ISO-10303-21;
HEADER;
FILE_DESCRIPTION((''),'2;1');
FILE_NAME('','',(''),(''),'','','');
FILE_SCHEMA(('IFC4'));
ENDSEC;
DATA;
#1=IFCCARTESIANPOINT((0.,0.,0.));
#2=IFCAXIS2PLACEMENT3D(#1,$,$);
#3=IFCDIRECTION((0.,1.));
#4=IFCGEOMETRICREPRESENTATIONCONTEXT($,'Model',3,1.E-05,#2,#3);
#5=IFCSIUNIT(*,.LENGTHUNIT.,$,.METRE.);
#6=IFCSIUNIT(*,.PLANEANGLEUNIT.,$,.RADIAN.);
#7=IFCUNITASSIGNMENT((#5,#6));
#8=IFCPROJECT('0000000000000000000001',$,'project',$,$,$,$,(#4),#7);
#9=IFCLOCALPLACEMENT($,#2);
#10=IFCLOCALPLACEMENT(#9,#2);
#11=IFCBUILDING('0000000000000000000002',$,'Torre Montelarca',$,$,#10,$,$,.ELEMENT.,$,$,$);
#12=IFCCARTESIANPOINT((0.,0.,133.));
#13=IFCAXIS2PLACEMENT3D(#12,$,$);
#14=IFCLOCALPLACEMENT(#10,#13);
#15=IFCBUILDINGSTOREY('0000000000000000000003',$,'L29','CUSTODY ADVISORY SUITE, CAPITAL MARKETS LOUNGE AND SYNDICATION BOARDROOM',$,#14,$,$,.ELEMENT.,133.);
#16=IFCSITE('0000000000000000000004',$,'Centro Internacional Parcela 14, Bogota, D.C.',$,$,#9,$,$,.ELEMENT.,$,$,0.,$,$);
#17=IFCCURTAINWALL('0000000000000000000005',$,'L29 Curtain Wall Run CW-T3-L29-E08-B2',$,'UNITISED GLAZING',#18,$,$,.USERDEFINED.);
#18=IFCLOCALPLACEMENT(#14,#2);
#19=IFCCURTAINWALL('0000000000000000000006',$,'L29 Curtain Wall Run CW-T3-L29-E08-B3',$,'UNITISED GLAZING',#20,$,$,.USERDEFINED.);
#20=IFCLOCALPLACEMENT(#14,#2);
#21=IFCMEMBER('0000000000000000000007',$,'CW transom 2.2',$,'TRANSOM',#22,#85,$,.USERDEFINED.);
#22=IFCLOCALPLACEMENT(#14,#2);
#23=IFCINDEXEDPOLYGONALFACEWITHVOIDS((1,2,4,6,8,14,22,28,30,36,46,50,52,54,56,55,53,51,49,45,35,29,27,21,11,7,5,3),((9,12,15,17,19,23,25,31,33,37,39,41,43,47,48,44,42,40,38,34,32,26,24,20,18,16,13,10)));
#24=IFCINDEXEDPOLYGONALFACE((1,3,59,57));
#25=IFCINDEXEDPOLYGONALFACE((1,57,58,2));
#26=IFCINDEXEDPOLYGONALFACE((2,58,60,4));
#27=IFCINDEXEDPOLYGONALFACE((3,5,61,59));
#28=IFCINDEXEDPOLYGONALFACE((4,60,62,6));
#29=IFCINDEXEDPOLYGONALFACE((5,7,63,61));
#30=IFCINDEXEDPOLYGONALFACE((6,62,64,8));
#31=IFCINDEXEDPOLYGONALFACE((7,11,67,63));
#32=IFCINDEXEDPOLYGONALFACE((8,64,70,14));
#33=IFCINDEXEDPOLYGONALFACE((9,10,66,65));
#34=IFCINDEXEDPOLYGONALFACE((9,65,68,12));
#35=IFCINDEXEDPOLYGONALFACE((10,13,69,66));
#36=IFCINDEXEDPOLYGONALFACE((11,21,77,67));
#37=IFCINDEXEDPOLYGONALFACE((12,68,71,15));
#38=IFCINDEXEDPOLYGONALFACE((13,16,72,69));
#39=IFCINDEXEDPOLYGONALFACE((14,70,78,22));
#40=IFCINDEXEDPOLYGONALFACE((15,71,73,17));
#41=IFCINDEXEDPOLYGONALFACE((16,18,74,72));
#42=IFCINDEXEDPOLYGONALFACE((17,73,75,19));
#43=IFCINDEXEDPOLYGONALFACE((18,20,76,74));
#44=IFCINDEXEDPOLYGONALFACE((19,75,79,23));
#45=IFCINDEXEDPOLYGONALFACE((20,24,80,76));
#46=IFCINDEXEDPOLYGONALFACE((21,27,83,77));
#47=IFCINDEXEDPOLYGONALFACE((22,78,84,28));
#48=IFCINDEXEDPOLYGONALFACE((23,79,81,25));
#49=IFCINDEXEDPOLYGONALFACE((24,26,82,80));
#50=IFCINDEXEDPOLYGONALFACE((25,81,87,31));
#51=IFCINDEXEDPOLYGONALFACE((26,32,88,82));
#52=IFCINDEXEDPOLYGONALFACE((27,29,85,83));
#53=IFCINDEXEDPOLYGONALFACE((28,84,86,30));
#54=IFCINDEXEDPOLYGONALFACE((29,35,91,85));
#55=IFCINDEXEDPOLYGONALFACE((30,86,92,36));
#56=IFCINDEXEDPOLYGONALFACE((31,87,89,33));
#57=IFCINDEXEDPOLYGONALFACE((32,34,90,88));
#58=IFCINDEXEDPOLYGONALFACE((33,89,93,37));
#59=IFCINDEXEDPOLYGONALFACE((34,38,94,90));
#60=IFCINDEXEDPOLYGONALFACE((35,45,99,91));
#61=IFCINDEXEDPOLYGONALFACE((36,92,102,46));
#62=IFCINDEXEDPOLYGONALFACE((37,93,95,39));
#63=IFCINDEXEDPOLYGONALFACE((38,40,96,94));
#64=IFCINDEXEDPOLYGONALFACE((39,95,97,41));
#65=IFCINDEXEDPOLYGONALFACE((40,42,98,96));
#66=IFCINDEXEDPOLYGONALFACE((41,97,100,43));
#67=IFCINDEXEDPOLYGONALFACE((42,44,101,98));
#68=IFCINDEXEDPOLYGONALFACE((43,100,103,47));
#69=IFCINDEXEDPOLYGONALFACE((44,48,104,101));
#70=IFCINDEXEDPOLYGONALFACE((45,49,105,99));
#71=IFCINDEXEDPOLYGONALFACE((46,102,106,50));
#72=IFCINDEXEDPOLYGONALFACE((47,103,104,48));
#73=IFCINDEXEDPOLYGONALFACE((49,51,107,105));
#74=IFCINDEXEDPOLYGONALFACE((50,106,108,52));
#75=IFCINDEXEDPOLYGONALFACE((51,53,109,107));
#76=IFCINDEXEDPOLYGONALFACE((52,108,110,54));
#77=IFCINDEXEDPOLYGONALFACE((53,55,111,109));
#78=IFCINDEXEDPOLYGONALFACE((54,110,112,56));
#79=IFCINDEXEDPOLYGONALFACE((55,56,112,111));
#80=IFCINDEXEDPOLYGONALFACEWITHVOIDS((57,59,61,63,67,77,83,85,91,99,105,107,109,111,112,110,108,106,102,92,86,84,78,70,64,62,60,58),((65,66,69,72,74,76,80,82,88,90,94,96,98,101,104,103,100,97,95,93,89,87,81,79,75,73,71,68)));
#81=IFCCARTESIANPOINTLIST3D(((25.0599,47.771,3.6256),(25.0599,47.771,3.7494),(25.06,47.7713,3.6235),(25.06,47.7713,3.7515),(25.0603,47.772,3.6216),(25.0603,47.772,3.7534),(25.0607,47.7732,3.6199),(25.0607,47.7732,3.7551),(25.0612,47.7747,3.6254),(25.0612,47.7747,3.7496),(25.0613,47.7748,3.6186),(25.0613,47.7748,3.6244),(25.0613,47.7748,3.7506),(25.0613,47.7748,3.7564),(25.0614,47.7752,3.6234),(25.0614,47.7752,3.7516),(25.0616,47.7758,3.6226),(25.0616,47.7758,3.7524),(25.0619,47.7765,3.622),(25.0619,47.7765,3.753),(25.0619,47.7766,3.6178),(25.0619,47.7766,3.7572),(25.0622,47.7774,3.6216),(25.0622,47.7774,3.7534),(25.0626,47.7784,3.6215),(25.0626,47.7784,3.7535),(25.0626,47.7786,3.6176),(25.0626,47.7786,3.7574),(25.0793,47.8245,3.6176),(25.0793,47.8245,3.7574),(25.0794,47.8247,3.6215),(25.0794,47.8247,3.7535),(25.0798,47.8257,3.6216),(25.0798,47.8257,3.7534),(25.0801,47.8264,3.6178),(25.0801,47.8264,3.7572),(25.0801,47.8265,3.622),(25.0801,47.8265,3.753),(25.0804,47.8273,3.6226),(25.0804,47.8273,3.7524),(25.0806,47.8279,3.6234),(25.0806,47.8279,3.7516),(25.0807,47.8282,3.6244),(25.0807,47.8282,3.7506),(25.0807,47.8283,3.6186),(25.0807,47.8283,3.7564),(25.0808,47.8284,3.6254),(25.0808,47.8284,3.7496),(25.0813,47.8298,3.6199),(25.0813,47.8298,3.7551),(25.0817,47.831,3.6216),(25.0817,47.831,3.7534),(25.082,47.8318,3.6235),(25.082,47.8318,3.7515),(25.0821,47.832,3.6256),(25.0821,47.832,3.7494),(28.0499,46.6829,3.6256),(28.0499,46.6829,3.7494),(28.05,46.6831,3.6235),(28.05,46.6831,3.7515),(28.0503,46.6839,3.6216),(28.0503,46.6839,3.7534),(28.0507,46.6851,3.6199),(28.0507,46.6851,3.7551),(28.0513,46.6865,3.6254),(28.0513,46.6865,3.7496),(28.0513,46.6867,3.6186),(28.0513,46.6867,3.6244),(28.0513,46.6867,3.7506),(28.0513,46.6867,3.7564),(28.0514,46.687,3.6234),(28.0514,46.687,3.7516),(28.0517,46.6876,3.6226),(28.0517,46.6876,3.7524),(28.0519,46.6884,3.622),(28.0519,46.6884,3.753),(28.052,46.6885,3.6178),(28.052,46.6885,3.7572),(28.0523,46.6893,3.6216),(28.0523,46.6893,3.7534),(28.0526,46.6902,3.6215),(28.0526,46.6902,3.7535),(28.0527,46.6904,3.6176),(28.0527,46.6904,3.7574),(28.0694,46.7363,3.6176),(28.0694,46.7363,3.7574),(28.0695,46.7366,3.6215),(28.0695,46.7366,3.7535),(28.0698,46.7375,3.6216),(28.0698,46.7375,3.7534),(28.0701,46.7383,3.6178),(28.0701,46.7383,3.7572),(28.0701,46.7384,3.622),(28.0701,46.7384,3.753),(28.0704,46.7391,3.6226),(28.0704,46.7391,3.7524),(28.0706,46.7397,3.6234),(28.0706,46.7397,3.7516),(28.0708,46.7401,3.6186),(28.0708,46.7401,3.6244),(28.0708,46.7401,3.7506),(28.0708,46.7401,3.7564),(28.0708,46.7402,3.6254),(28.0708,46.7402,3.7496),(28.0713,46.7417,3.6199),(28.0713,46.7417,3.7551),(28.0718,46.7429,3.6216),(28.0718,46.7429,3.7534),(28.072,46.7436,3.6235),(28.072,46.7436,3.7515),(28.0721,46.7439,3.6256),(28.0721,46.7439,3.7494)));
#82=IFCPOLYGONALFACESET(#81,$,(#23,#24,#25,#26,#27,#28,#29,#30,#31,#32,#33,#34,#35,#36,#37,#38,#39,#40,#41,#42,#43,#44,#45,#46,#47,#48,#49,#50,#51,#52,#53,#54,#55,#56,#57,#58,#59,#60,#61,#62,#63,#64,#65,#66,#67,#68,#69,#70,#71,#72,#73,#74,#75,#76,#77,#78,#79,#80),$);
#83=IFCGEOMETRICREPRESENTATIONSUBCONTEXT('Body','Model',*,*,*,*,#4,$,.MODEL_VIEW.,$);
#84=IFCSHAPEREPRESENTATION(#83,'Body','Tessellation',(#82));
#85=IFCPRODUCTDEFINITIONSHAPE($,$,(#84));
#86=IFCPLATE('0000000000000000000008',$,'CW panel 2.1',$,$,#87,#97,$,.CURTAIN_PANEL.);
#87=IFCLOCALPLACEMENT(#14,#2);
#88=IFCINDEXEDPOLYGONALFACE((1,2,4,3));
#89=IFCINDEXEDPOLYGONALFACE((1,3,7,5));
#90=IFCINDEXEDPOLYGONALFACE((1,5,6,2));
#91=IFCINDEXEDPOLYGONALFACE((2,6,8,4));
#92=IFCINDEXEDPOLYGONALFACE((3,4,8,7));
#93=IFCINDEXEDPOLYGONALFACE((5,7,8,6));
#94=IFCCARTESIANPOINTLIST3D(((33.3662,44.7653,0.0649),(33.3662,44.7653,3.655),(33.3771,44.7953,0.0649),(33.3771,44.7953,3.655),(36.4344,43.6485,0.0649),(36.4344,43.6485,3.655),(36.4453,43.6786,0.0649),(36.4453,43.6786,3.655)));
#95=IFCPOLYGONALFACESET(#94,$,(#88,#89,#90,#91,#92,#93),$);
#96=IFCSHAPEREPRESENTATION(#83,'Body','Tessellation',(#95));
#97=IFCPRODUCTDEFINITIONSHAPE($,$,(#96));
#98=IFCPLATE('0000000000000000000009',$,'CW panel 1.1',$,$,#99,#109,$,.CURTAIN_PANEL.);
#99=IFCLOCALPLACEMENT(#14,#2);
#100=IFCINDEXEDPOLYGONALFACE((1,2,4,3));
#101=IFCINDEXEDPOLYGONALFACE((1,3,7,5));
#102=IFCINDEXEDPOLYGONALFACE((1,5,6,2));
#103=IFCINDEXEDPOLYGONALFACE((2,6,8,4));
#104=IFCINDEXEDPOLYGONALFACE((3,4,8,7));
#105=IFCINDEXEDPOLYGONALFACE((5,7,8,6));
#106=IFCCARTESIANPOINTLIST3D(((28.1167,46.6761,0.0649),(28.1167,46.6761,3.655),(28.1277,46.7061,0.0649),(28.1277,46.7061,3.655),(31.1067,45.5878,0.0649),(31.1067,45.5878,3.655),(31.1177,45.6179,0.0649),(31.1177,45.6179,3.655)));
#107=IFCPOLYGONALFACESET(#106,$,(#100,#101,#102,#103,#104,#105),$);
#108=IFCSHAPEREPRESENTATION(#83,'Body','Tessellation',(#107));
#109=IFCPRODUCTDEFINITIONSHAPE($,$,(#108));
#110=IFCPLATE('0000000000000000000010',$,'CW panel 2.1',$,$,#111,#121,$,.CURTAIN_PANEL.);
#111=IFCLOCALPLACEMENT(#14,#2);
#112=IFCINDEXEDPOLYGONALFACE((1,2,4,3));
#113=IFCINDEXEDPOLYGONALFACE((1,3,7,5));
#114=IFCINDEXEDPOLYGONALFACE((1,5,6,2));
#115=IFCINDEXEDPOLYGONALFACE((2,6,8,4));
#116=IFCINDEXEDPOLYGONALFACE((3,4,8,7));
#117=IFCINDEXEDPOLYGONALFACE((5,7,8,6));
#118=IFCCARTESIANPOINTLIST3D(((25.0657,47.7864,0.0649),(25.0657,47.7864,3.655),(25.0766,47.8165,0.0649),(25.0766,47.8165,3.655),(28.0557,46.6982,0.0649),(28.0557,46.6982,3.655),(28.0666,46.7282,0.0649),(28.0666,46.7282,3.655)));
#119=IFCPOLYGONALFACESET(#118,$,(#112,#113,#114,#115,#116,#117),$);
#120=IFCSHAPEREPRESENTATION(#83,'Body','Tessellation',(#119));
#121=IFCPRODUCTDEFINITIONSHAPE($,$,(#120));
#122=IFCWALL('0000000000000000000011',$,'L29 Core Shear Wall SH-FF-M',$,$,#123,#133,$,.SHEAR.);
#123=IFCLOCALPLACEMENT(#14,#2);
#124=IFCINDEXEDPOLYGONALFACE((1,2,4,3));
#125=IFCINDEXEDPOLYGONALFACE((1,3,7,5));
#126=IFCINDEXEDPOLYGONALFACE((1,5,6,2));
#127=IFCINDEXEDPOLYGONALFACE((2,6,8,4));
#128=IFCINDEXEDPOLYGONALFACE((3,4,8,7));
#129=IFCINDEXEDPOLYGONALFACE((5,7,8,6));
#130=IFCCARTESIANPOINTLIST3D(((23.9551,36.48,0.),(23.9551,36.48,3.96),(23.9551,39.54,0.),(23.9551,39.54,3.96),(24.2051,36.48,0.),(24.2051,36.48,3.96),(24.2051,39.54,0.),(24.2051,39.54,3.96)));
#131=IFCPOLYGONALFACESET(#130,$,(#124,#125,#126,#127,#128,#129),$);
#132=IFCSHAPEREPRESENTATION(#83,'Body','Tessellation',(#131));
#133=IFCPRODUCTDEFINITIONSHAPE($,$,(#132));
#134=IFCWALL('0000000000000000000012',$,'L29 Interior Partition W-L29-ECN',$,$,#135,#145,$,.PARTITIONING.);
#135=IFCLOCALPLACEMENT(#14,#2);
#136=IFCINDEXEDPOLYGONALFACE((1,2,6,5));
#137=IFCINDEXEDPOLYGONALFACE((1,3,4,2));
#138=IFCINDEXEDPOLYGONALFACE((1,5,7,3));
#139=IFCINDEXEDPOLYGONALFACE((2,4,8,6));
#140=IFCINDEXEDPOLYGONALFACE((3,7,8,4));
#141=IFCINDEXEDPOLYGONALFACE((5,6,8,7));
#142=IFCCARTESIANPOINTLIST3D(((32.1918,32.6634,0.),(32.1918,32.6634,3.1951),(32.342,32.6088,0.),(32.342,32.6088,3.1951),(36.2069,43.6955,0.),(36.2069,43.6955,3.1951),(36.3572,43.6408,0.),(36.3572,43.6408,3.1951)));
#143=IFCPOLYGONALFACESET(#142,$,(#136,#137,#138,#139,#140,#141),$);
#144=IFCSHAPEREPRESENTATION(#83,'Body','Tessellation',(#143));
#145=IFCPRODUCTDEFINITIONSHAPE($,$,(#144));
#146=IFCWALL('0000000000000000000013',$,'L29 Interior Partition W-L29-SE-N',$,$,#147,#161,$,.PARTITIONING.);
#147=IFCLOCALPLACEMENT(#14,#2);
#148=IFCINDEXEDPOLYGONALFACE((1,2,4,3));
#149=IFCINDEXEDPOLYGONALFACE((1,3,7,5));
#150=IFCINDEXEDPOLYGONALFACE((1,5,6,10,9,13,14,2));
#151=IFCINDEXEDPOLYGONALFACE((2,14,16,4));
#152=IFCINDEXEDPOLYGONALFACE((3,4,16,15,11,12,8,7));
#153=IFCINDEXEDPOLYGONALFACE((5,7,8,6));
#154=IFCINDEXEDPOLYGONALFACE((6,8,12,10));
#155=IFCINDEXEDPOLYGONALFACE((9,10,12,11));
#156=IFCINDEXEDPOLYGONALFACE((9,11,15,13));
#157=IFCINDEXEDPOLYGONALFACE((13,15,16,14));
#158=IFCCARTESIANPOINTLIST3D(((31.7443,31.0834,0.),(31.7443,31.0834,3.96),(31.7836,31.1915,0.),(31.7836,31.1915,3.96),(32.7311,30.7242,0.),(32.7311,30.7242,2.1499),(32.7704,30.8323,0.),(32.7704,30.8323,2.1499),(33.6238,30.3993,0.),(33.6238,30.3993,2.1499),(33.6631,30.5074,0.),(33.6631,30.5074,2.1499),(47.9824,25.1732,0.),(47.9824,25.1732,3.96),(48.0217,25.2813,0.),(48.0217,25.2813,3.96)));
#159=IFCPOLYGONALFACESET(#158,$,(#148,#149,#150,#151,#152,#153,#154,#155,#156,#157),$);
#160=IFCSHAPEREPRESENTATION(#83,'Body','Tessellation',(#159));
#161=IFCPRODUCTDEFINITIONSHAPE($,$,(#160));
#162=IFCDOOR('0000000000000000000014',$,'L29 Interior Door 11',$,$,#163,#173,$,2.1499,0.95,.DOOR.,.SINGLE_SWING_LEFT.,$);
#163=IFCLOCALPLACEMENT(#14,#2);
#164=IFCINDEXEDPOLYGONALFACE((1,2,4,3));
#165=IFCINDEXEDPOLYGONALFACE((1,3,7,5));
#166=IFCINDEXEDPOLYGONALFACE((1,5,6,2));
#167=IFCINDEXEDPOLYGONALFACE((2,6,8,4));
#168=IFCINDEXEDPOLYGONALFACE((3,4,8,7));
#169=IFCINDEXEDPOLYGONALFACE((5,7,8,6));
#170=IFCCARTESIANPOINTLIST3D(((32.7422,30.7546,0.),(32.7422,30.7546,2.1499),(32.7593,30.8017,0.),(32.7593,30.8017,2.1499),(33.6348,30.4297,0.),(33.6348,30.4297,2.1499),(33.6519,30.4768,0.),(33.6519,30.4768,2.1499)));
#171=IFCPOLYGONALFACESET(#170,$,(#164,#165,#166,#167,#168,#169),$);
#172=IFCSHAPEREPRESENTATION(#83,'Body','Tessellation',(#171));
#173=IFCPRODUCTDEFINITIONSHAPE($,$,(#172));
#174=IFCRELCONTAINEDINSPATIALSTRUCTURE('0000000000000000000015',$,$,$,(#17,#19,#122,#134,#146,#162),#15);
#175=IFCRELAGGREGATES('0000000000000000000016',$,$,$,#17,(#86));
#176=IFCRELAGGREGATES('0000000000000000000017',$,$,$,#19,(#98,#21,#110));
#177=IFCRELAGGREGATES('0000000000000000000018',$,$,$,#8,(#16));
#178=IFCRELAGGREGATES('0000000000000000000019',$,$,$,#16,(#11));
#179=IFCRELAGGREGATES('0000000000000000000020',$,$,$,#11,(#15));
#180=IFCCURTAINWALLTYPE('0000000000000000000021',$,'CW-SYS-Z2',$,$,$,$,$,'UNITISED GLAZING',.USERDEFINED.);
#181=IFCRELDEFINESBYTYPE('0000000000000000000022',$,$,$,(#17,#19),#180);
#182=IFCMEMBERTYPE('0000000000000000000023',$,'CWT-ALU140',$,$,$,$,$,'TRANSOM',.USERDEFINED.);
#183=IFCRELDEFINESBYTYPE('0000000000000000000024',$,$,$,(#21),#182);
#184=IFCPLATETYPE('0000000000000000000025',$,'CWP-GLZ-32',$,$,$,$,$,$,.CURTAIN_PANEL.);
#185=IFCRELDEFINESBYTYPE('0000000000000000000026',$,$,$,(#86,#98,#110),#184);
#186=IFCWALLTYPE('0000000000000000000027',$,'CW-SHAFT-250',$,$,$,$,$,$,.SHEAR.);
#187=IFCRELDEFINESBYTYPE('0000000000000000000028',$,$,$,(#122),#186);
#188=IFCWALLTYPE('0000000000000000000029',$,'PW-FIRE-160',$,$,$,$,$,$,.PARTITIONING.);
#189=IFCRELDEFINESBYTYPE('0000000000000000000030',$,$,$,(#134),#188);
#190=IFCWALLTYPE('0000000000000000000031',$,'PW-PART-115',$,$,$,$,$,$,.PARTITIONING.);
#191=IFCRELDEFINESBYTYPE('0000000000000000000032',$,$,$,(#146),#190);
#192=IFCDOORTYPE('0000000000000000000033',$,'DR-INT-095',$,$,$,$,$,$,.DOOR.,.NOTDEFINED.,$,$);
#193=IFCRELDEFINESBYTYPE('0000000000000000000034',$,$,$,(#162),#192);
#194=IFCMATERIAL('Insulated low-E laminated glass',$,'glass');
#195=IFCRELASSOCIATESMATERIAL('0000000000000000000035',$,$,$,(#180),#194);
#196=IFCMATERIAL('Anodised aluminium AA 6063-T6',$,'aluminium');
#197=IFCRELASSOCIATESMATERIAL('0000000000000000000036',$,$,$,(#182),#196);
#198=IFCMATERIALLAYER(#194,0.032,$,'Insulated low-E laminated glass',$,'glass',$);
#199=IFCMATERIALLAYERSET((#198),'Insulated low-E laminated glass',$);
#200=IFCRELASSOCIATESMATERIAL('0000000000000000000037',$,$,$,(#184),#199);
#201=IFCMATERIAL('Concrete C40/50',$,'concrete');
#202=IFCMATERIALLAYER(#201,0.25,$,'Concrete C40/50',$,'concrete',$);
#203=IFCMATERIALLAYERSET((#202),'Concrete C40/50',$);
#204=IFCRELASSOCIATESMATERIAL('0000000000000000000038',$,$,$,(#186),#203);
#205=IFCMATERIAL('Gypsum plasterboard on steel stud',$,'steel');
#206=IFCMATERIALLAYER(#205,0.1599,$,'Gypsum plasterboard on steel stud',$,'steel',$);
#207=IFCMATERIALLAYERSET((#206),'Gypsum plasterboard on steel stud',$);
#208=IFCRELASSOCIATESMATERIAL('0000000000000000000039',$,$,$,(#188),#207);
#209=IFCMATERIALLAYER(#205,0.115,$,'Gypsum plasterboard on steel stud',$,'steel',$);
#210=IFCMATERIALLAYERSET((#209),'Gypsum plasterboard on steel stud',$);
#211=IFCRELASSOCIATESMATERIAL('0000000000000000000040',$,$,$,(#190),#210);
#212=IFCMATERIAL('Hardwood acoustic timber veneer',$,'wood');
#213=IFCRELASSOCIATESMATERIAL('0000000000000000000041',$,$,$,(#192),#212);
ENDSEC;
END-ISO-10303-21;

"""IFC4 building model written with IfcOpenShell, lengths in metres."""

from ifc_helpers import new_model, si_unit, direction, frame, frame_2d, origin, origin_2d, place, context, subcontext, project, spatial, rectangle, hollow_rectangle, extrude, source, transform, mapped, material, layer, layer_set, material_profile, profile_set, type_object, element, fill, aggregate, save


model = new_model("IFC4")

# Units and contexts
model_context = context("Model", 3, precision=1e-05, world=origin(), true_north=direction((0.0, 1.0)))
body_context = subcontext(model_context, "Body", "Model", "MODEL_VIEW")
ifc_project = project(units=[si_unit("LENGTHUNIT", "METRE"), si_unit("PLANEANGLEUNIT", "RADIAN")], contexts=[model_context])

# Site, building, storey
site_placement = place(None, origin())
site = spatial("IfcSite", under=ifc_project, at=site_placement, Name="Centro Internacional Parcela 14, Bogota, D.C.", CompositionType="ELEMENT", RefElevation=0.0)
building_placement = place(site_placement, origin())
building = spatial("IfcBuilding", under=site, at=building_placement, Name="Torre Montelarca", CompositionType="ELEMENT")
storey_placement = place(building_placement, frame((0.0, 0.0, 133.0)))
storey = spatial("IfcBuildingStorey", under=building, at=storey_placement, Name="L29", Description="CUSTODY ADVISORY SUITE, CAPITAL MARKETS LOUNGE AND SYNDICATION BOARDROOM", CompositionType="ELEMENT", Elevation=133.0)

# Curtain walls
ifc_material_1 = material(Name="Insulated low-E laminated glass", Category="glass")
curtain_wall_type = type_object("IfcCurtainWallType", Name="CW-SYS-Z2", ElementType="UNITISED GLAZING", PredefinedType="USERDEFINED", material=ifc_material_1)
curtain_wall_1_placement = place(storey_placement, origin())
curtain_wall_1 = element("IfcCurtainWall", 1, at=curtain_wall_1_placement, inside=storey, type_object=curtain_wall_type, Name="L29 Curtain Wall Run CW-T3-L29-E08-B2", ObjectType="UNITISED GLAZING", PredefinedType="USERDEFINED")
ifc_material_2 = material(Name="Anodised aluminium AA 6063-T6", Category="aluminium")
curtain_wall_2_placement = place(storey_placement, origin())
curtain_wall_2 = element("IfcCurtainWall", 2, at=curtain_wall_2_placement, inside=storey, type_object=curtain_wall_type, Name="L29 Curtain Wall Run CW-T3-L29-E08-B3", ObjectType="UNITISED GLAZING", PredefinedType="USERDEFINED")

# Member
ifc_material_profile_1 = material_profile(ifc_material_2, hollow_rectangle(XDim=0.0649, YDim=0.1399, WallThickness=0.0039, InnerFilletRadius=0.0039, OuterFilletRadius=0.0081, at=origin_2d()), Name="ALU65X140X4", Category="aluminium")
ifc_profile_set_1 = profile_set([ifc_material_profile_1], Name="Anodised aluminium AA 6063-T6")
member_type_1 = type_object("IfcMemberType", Name="CWT-ALU140", ElementType="TRANSOM", PredefinedType="USERDEFINED", material=ifc_profile_set_1)
shared_shape_1 = source(origin(), body_context, "Body", "SweptSolid", [
    extrude(hollow_rectangle(XDim=0.0649, YDim=0.1399, WallThickness=0.0039, InnerFilletRadius=0.0039, OuterFilletRadius=0.0081, at=origin_2d()), origin(), (0.0, 0.0, 1.0), 3.1819),
])
member_1_placement = place(storey_placement, frame((28.061, 46.7134, 3.6875), z_axis=(-0.939706, 0.341983, 0.0), x_axis=(-0.341983, -0.939706, 0.0)))
member_1 = element("IfcMember", 3, at=member_1_placement, type_object=member_type_1, Name="CW transom 2.2", ObjectType="TRANSOM", PredefinedType="USERDEFINED", context=body_context, shape_type="MappedRepresentation", body=[
    mapped(shared_shape_1, transform((0.0, 0.0, 0.0), scale=1.0)),
])

# Plates
ifc_layer_1 = layer(ifc_material_1, 0.032, Name="Insulated low-E laminated glass", Category="glass")
ifc_layer_set_1 = layer_set([ifc_layer_1], Name="Insulated low-E laminated glass")
plate_type = type_object("IfcPlateType", Name="CWP-GLZ-32", PredefinedType="CURTAIN_PANEL", material=ifc_layer_set_1)
shared_shape_2 = source(origin(), body_context, "Body", "SweptSolid", [
    extrude(rectangle(XDim=3.2651, YDim=0.032, at=origin_2d()), origin(), (0.0, 0.0, 1.0), 3.5901),
])
plate_1_placement = place(storey_placement, frame((34.9058, 44.2219, 0.0649), z_axis=(0.0, 0.0, 1.0), x_axis=(-0.939694, 0.342018, 0.0)))
plate_1 = element("IfcPlate", 4, at=plate_1_placement, type_object=plate_type, Name="CW panel 2.1", PredefinedType="CURTAIN_PANEL", context=body_context, shape_type="MappedRepresentation", body=[
    mapped(shared_shape_2, transform((0.0, 0.0, 0.0), scale=1.0)),
])
aggregate(curtain_wall_1, [plate_1])
shared_shape_3 = source(origin(), body_context, "Body", "SweptSolid", [
    extrude(rectangle(XDim=3.1819, YDim=0.032, at=origin_2d()), origin(), (0.0, 0.0, 1.0), 3.5901),
])
plate_2_placement = place(storey_placement, frame((29.6172, 46.147, 0.0649), z_axis=(0.0, 0.0, 1.0), x_axis=(-0.939694, 0.342017, 0.0)))
plate_2 = element("IfcPlate", 5, at=plate_2_placement, type_object=plate_type, Name="CW panel 1.1", PredefinedType="CURTAIN_PANEL", context=body_context, shape_type="MappedRepresentation", body=[
    mapped(shared_shape_3, transform((0.0, 0.0, 0.0), scale=1.0)),
])
plate_3_placement = place(storey_placement, frame((26.5662, 47.2573, 0.0649), z_axis=(0.0, 0.0, 1.0), x_axis=(-0.939694, 0.342017, 0.0)))
plate_3 = element("IfcPlate", 6, at=plate_3_placement, type_object=plate_type, Name="CW panel 2.1", PredefinedType="CURTAIN_PANEL", context=body_context, shape_type="MappedRepresentation", body=[
    mapped(shared_shape_3, transform((0.0, 0.0, 0.0), scale=1.0)),
])
aggregate(curtain_wall_2, [plate_2, member_1, plate_3])

# Walls
ifc_material_3 = material(Name="Concrete C40/50", Category="concrete")
ifc_layer_2 = layer(ifc_material_3, 0.25, Name="Concrete C40/50", Category="concrete")
ifc_layer_set_2 = layer_set([ifc_layer_2], Name="Concrete C40/50")
wall_type_1 = type_object("IfcWallType", Name="CW-SHAFT-250", PredefinedType="SHEAR", material=ifc_layer_set_2)
wall_1_placement = place(storey_placement, frame((24.0801, 36.48, 0.0), z_axis=(0.0, 0.0, 1.0), x_axis=(0.0, 1.0, 0.0)))
element("IfcWall", 7, at=wall_1_placement, inside=storey, type_object=wall_type_1, Name="L29 Core Shear Wall SH-FF-M", PredefinedType="SHEAR", context=body_context, shape_type="SweptSolid", body=[
    extrude(rectangle(XDim=3.0601, YDim=0.25, at=frame_2d((1.53, 0.0))), origin(), (0.0, 0.0, 1.0), 3.96),
])
ifc_material_4 = material(Name="Gypsum plasterboard on steel stud", Category="steel")
ifc_layer_3 = layer(ifc_material_4, 0.1599, Name="Gypsum plasterboard on steel stud", Category="steel")
ifc_layer_set_3 = layer_set([ifc_layer_3], Name="Gypsum plasterboard on steel stud")
wall_type_2 = type_object("IfcWallType", Name="PW-FIRE-160", PredefinedType="PARTITIONING", material=ifc_layer_set_3)
wall_2_placement = place(storey_placement, frame((32.2668, 32.636, 0.0), z_axis=(0.0, 0.0, 1.0), x_axis=(0.342007, 0.939697, 0.0)))
element("IfcWall", 8, at=wall_2_placement, inside=storey, type_object=wall_type_2, Name="L29 Interior Partition W-L29-ECN", PredefinedType="PARTITIONING", context=body_context, shape_type="SweptSolid", body=[
    extrude(rectangle(XDim=11.74, YDim=0.1599, at=frame_2d((5.8701, 0.0))), origin(), (0.0, 0.0, 1.0), 3.1951),
])

# Wall, opening, door
ifc_layer_4 = layer(ifc_material_4, 0.115, Name="Gypsum plasterboard on steel stud", Category="steel")
ifc_layer_set_4 = layer_set([ifc_layer_4], Name="Gypsum plasterboard on steel stud")
wall_type_3 = type_object("IfcWallType", Name="PW-PART-115", PredefinedType="PARTITIONING", material=ifc_layer_set_4)
wall_3_placement = place(storey_placement, frame((31.7639, 31.1375, 0.0), z_axis=(0.0, 0.0, 1.0), x_axis=(0.939693, -0.34202, 0.0)))
wall_3 = element("IfcWall", 9, at=wall_3_placement, inside=storey, type_object=wall_type_3, Name="L29 Interior Partition W-L29-SE-N", PredefinedType="PARTITIONING", context=body_context, shape_type="SweptSolid", body=[
    extrude(rectangle(XDim=17.2803, YDim=0.115, at=frame_2d((8.6401, 0.0))), origin(), (0.0, 0.0, 1.0), 3.96),
])
opening_1_placement = place(wall_3_placement, frame((1.05, 0.0, 0.0)))
opening_1 = element("IfcOpeningElement", 10, at=opening_1_placement, cuts=wall_3, PredefinedType="OPENING", context=body_context, shape_type="SweptSolid", body=[
    extrude(rectangle(XDim=0.95, YDim=2.1499, at=frame_2d((0.4751, 1.075))), frame((0.0, 0.0674, 0.0), z_axis=(0.0, -1.0, 0.0), x_axis=(1.0, 0.0, 0.0)), (0.0, 0.0, 1.0), 0.135),
])
ifc_material_5 = material(Name="Hardwood acoustic timber veneer", Category="wood")
door_type = type_object("IfcDoorType", Name="DR-INT-095", OperationType="NOTDEFINED", PredefinedType="DOOR", material=ifc_material_5)
shared_shape_4 = source(origin(), body_context, "Body", "SweptSolid", [
    extrude(rectangle(XDim=0.95, YDim=2.1499, at=frame_2d((0.4751, 1.075))), frame((0.0, 0.0249, 0.0), z_axis=(0.0, -1.0, 0.0), x_axis=(1.0, 0.0, 0.0)), (0.0, 0.0, 1.0), 0.05),
])
door_1_placement = place(opening_1_placement, origin())
door_1 = element("IfcDoor", 11, at=door_1_placement, inside=storey, type_object=door_type, Name="L29 Interior Door 11", OperationType="SINGLE_SWING_LEFT", OverallHeight=2.1499, OverallWidth=0.95, PredefinedType="DOOR", context=body_context, shape_type="MappedRepresentation", body=[
    mapped(shared_shape_4, transform((0.0, 0.0, 0.0), scale=1.0)),
])
fill(opening_1, door_1)

save(model, "model.ifc")
